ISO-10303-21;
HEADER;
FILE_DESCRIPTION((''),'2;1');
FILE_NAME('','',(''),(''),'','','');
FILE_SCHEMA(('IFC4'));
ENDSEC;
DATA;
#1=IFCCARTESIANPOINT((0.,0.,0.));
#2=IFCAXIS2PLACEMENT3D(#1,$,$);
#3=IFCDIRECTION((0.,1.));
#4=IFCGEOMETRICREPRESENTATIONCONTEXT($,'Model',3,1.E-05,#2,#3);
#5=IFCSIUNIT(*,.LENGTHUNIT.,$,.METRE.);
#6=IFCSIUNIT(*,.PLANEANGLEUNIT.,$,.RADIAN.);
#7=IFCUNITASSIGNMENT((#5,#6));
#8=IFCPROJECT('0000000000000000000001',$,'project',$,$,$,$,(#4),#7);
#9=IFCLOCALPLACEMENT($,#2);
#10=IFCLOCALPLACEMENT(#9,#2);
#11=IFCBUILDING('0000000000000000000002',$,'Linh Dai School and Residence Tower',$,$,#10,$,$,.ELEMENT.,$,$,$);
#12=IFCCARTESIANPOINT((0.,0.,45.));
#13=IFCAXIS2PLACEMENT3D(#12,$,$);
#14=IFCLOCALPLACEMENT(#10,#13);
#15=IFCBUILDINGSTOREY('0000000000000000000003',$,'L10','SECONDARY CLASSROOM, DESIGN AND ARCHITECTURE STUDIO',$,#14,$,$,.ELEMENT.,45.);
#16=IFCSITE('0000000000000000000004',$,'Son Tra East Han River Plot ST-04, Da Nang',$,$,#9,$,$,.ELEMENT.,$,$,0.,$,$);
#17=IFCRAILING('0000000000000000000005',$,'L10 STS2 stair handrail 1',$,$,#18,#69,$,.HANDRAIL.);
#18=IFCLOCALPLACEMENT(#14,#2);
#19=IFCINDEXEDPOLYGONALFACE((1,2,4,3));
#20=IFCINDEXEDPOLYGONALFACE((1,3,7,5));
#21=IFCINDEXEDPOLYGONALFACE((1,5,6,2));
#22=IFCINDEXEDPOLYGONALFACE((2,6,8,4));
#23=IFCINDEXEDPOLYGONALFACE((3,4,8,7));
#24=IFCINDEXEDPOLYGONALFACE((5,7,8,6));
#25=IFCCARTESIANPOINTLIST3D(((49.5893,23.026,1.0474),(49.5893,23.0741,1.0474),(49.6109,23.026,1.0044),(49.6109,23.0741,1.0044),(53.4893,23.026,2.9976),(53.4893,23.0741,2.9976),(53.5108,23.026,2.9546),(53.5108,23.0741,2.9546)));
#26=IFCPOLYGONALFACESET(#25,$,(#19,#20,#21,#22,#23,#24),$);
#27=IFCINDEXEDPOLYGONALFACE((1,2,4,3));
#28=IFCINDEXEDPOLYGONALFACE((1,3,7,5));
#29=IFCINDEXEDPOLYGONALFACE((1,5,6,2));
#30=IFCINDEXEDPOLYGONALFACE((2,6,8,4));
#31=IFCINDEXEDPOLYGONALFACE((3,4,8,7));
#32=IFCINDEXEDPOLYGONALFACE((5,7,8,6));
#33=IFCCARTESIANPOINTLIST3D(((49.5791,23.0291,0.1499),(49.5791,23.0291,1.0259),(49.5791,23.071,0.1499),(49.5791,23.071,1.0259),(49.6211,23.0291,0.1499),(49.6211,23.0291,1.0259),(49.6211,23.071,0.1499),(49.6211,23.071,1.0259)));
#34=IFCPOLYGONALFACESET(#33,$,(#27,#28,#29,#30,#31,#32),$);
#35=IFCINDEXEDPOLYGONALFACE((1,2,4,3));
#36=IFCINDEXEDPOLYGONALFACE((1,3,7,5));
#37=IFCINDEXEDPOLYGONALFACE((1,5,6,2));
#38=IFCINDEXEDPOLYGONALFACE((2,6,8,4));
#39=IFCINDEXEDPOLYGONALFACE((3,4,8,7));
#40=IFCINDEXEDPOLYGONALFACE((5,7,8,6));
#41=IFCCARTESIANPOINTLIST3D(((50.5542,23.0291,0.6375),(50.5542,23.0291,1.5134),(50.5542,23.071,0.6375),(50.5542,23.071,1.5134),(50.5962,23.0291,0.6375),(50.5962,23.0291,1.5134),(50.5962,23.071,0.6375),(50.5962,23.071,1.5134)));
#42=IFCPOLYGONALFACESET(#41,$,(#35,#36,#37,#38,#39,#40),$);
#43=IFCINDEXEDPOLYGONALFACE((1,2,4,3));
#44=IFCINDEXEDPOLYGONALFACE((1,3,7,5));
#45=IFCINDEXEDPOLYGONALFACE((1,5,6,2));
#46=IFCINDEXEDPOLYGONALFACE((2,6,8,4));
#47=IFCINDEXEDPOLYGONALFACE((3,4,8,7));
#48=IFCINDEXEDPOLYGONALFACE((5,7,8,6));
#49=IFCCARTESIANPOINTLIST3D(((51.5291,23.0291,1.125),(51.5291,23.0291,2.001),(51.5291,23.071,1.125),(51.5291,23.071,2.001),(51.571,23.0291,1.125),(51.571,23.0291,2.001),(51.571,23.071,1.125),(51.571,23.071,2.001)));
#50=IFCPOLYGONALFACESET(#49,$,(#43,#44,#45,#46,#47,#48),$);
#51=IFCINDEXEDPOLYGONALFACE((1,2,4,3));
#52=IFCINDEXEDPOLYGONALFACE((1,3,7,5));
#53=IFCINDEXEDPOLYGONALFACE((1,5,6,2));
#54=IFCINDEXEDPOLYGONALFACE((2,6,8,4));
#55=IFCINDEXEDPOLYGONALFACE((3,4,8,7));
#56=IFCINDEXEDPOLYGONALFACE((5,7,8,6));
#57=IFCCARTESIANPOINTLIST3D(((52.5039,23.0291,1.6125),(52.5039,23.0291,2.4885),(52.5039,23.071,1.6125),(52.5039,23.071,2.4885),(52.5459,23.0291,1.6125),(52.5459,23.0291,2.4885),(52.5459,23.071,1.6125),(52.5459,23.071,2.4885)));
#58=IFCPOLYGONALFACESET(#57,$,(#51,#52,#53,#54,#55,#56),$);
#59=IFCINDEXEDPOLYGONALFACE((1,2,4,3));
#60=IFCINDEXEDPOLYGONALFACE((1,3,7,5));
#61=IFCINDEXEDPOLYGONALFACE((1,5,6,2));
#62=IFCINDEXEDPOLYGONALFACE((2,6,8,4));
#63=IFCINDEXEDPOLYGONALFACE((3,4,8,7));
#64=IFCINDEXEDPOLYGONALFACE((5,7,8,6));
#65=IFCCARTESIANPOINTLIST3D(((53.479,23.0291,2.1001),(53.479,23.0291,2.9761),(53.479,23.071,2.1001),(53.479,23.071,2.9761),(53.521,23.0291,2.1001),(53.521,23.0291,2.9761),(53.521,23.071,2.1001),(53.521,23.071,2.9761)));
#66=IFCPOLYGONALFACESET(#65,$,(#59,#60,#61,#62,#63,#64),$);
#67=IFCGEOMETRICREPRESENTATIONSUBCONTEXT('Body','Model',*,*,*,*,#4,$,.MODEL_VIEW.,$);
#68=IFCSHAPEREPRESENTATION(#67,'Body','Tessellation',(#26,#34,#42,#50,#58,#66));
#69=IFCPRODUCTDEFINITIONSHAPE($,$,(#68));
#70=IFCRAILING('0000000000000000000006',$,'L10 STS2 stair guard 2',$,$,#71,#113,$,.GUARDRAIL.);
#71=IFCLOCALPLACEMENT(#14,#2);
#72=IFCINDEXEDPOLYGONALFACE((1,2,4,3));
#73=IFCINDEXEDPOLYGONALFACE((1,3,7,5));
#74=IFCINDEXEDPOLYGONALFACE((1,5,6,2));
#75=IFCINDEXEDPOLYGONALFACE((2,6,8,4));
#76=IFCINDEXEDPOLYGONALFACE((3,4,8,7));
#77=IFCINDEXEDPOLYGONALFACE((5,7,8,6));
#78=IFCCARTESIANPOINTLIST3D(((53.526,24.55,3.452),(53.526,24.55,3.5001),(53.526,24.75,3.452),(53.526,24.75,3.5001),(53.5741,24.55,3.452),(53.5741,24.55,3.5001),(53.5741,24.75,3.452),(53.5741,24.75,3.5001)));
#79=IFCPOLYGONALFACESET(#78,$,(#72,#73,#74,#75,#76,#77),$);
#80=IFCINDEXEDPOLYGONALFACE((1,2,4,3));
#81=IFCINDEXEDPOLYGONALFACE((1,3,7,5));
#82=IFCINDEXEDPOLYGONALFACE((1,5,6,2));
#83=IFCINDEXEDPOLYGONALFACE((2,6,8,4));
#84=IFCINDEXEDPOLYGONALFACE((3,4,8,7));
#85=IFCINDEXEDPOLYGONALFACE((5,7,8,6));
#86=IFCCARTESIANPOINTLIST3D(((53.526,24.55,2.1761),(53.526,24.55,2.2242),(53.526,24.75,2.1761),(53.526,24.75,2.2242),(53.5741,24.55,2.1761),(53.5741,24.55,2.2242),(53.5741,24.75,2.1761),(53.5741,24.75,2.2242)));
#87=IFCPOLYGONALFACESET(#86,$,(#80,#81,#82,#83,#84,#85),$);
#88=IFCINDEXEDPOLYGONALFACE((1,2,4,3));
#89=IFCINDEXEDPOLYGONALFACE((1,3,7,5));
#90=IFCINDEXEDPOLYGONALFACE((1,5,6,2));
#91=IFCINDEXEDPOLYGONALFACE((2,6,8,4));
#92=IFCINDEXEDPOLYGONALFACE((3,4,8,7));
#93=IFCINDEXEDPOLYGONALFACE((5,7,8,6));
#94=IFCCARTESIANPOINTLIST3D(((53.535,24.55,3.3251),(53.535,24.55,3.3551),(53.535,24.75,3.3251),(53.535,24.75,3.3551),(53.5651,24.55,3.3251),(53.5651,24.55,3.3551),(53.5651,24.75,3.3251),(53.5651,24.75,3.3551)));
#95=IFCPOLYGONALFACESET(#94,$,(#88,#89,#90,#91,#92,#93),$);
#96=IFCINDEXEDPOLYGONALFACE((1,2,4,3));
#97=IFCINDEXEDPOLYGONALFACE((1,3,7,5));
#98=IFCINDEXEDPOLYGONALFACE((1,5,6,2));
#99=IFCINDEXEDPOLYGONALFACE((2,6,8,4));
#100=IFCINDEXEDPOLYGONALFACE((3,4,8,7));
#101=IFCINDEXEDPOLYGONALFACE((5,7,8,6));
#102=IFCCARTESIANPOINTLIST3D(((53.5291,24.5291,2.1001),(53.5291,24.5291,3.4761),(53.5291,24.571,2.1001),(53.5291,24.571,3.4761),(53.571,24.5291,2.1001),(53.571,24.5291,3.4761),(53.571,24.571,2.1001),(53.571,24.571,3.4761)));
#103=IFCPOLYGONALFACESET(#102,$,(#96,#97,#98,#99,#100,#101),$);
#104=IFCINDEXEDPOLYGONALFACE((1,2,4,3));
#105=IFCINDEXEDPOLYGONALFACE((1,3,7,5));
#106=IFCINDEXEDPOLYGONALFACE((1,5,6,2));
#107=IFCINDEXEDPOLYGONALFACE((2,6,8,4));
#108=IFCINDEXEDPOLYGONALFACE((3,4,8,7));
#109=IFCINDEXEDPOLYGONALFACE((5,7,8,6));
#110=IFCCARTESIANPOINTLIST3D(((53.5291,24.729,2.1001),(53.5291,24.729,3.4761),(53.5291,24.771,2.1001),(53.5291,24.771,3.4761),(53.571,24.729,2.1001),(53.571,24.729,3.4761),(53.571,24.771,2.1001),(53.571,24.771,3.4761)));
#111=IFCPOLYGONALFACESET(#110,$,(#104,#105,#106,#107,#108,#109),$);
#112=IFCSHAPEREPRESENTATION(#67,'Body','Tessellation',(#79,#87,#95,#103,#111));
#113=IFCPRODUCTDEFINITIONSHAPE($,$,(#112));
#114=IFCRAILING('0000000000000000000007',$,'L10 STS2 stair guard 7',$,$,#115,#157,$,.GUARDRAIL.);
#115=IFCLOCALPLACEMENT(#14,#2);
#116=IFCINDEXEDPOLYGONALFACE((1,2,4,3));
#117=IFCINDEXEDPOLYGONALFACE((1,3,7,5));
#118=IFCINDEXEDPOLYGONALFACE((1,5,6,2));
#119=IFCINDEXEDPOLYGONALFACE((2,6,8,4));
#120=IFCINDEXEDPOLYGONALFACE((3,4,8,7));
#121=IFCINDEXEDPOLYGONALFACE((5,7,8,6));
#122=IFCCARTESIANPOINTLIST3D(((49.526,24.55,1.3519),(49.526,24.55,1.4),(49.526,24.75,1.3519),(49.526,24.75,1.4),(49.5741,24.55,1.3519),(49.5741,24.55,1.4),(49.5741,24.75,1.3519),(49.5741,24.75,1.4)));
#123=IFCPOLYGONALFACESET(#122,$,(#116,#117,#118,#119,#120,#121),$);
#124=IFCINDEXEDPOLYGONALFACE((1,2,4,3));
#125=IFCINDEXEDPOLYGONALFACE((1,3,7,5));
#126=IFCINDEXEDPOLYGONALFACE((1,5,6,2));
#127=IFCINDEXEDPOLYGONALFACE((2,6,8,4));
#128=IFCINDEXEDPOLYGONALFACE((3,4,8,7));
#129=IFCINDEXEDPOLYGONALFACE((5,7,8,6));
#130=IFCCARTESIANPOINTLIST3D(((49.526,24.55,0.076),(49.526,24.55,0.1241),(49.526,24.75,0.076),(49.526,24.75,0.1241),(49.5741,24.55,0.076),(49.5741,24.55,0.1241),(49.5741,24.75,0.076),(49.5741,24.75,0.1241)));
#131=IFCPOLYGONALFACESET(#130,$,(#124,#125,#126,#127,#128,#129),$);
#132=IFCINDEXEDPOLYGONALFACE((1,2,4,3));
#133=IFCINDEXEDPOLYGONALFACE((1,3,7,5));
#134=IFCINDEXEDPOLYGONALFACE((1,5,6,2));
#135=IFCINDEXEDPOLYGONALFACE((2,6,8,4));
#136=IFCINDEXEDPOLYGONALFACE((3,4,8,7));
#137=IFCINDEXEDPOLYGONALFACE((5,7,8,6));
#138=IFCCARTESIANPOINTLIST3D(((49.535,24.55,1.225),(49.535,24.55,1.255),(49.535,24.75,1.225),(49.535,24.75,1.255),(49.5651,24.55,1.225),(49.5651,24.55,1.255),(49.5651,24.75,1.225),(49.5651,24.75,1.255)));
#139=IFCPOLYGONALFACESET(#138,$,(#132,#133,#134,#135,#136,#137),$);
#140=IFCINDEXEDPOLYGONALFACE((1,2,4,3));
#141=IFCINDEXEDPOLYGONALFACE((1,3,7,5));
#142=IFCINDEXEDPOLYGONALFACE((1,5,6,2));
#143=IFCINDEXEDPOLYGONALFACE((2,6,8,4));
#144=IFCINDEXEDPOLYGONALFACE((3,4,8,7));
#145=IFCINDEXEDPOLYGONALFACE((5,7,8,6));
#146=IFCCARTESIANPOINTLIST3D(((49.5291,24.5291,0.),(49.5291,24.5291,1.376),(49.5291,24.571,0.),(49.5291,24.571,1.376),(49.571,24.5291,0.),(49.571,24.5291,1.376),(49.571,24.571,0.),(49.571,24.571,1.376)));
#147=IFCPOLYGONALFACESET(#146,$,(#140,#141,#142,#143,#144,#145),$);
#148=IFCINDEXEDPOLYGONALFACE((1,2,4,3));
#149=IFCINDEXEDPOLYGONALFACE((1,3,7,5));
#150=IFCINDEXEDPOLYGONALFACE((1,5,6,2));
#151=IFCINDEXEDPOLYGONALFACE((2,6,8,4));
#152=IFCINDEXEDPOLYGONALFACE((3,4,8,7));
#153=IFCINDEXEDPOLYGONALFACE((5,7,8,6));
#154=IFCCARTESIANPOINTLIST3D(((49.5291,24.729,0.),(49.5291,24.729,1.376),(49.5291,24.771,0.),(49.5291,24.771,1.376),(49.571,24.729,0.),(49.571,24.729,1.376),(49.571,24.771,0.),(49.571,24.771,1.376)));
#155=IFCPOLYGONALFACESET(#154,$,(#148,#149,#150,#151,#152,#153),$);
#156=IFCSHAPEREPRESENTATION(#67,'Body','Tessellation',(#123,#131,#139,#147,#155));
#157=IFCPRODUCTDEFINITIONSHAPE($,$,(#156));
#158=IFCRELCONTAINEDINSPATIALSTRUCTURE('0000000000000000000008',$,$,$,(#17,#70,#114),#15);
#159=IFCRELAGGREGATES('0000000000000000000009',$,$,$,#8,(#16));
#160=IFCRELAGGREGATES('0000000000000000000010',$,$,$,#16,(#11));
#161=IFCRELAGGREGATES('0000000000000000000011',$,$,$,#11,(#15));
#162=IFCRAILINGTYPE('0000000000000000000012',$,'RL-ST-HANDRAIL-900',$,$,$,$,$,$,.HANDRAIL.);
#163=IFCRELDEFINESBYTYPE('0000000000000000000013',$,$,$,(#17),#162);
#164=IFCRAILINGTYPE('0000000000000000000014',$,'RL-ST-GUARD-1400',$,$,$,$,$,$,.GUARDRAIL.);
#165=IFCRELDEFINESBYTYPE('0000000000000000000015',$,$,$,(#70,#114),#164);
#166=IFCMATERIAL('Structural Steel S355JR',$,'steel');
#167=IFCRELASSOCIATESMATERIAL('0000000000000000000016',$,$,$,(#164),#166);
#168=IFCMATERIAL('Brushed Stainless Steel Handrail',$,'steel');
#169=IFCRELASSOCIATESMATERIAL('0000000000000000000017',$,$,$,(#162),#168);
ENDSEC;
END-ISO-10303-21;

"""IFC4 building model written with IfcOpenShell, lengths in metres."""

from ifc_helpers import new_model, si_unit, direction, frame, origin, origin_2d, place, context, subcontext, project, spatial, rectangle, extrude, source, transform, mapped, material, type_object, element, save


model = new_model("IFC4")

# Units and contexts
model_context = context("Model", 3, precision=1e-05, world=origin(), true_north=direction((0.0, 1.0)))
body_context = subcontext(model_context, "Body", "Model", "MODEL_VIEW")
ifc_project = project(units=[si_unit("LENGTHUNIT", "METRE"), si_unit("PLANEANGLEUNIT", "RADIAN")], contexts=[model_context])

# Site, building, storey
site_placement = place(None, origin())
site = spatial("IfcSite", under=ifc_project, at=site_placement, Name="Son Tra East Han River Plot ST-04, Da Nang", CompositionType="ELEMENT", RefElevation=0.0)
building_placement = place(site_placement, origin())
building = spatial("IfcBuilding", under=site, at=building_placement, Name="Linh Dai School and Residence Tower", CompositionType="ELEMENT")
storey_placement = place(building_placement, frame((0.0, 0.0, 45.0)))
storey = spatial("IfcBuildingStorey", under=building, at=storey_placement, Name="L10", Description="SECONDARY CLASSROOM, DESIGN AND ARCHITECTURE STUDIO", CompositionType="ELEMENT", Elevation=45.0)

# Shared definitions
ifc_material_1 = material(Name="Structural Steel S355JR", Category="steel")

# Railings
railing_type_1 = type_object("IfcRailingType", Name="RL-ST-GUARD-1400", PredefinedType="GUARDRAIL", material=ifc_material_1)
ifc_material_2 = material(Name="Brushed Stainless Steel Handrail", Category="steel")
railing_type_2 = type_object("IfcRailingType", Name="RL-ST-HANDRAIL-900", PredefinedType="HANDRAIL", material=ifc_material_2)
shared_shape_1 = source(origin(), body_context, "Body", "SweptSolid", [
    extrude(rectangle(XDim=0.0481, YDim=0.0481, at=origin_2d()), frame((0.0, 0.0, 0.876), z_axis=(0.894405, 0.0, 0.447258), x_axis=(0.0, 1.0, 0.0)), (0.0, 0.0, 1.0), 4.3604),
    extrude(rectangle(XDim=0.042, YDim=0.042, at=origin_2d()), origin(), (0.0, 0.0, 1.0), 0.876),
    extrude(rectangle(XDim=0.042, YDim=0.042, at=origin_2d()), frame((0.9751, 0.0, 0.4875)), (0.0, 0.0, 1.0), 0.876),
    extrude(rectangle(XDim=0.042, YDim=0.042, at=origin_2d()), frame((1.95, 0.0, 0.9751)), (0.0, 0.0, 1.0), 0.876),
    extrude(rectangle(XDim=0.042, YDim=0.042, at=origin_2d()), frame((2.9248, 0.0, 1.4626)), (0.0, 0.0, 1.0), 0.876),
    extrude(rectangle(XDim=0.042, YDim=0.042, at=origin_2d()), frame((3.8999, 0.0, 1.9502)), (0.0, 0.0, 1.0), 0.876),
])
railing_1_placement = place(storey_placement, frame((49.6001, 23.05, 0.1499)))
element("IfcRailing", 1, at=railing_1_placement, inside=storey, type_object=railing_type_2, Name="L10 STS2 stair handrail 1", PredefinedType="HANDRAIL", context=body_context, shape_type="MappedRepresentation", body=[
    mapped(shared_shape_1, transform((0.0, 0.0, 0.0), x_axis=(1.0, 0.0, 0.0), y_axis=(0.0, 1.0, 0.0), z_axis=(0.0, 0.0, 1.0), scale=1.0)),
])
shared_shape_2 = source(origin(), body_context, "Body", "SweptSolid", [
    extrude(rectangle(XDim=0.0481, YDim=0.0481, at=origin_2d()), frame((0.0, 0.0, 1.376), z_axis=(0.0, 1.0, 0.0), x_axis=(-1.0, 0.0, 0.0)), (0.0, 0.0, 1.0), 0.2),
    extrude(rectangle(XDim=0.0481, YDim=0.0481, at=origin_2d()), frame((0.0, 0.0, 0.1001), z_axis=(0.0, 1.0, 0.0), x_axis=(-1.0, 0.0, 0.0)), (0.0, 0.0, 1.0), 0.2),
    extrude(rectangle(XDim=0.03, YDim=0.03, at=origin_2d()), frame((0.0, 0.0, 1.24), z_axis=(0.0, 1.0, 0.0), x_axis=(-1.0, 0.0, 0.0)), (0.0, 0.0, 1.0), 0.2),
    extrude(rectangle(XDim=0.042, YDim=0.042, at=origin_2d()), origin(), (0.0, 0.0, 1.0), 1.376),
    extrude(rectangle(XDim=0.042, YDim=0.042, at=origin_2d()), frame((0.0, 0.2, 0.0)), (0.0, 0.0, 1.0), 1.376),
])
for number, where, name in (
    (2, (53.55, 24.55, 2.1001), "L10 STS2 stair guard 2"),
    (3, (49.55, 24.55, 0.0), "L10 STS2 stair guard 7"),
):
    element("IfcRailing", number, at=place(storey_placement, frame(where)), inside=storey, type_object=railing_type_1, Name=name, PredefinedType="GUARDRAIL", context=body_context, shape_type="MappedRepresentation", body=[
        mapped(shared_shape_2, transform((0.0, 0.0, 0.0), x_axis=(1.0, 0.0, 0.0), y_axis=(0.0, 1.0, 0.0), z_axis=(0.0, 0.0, 1.0), scale=1.0)),
    ])

save(model, "model.ifc")
